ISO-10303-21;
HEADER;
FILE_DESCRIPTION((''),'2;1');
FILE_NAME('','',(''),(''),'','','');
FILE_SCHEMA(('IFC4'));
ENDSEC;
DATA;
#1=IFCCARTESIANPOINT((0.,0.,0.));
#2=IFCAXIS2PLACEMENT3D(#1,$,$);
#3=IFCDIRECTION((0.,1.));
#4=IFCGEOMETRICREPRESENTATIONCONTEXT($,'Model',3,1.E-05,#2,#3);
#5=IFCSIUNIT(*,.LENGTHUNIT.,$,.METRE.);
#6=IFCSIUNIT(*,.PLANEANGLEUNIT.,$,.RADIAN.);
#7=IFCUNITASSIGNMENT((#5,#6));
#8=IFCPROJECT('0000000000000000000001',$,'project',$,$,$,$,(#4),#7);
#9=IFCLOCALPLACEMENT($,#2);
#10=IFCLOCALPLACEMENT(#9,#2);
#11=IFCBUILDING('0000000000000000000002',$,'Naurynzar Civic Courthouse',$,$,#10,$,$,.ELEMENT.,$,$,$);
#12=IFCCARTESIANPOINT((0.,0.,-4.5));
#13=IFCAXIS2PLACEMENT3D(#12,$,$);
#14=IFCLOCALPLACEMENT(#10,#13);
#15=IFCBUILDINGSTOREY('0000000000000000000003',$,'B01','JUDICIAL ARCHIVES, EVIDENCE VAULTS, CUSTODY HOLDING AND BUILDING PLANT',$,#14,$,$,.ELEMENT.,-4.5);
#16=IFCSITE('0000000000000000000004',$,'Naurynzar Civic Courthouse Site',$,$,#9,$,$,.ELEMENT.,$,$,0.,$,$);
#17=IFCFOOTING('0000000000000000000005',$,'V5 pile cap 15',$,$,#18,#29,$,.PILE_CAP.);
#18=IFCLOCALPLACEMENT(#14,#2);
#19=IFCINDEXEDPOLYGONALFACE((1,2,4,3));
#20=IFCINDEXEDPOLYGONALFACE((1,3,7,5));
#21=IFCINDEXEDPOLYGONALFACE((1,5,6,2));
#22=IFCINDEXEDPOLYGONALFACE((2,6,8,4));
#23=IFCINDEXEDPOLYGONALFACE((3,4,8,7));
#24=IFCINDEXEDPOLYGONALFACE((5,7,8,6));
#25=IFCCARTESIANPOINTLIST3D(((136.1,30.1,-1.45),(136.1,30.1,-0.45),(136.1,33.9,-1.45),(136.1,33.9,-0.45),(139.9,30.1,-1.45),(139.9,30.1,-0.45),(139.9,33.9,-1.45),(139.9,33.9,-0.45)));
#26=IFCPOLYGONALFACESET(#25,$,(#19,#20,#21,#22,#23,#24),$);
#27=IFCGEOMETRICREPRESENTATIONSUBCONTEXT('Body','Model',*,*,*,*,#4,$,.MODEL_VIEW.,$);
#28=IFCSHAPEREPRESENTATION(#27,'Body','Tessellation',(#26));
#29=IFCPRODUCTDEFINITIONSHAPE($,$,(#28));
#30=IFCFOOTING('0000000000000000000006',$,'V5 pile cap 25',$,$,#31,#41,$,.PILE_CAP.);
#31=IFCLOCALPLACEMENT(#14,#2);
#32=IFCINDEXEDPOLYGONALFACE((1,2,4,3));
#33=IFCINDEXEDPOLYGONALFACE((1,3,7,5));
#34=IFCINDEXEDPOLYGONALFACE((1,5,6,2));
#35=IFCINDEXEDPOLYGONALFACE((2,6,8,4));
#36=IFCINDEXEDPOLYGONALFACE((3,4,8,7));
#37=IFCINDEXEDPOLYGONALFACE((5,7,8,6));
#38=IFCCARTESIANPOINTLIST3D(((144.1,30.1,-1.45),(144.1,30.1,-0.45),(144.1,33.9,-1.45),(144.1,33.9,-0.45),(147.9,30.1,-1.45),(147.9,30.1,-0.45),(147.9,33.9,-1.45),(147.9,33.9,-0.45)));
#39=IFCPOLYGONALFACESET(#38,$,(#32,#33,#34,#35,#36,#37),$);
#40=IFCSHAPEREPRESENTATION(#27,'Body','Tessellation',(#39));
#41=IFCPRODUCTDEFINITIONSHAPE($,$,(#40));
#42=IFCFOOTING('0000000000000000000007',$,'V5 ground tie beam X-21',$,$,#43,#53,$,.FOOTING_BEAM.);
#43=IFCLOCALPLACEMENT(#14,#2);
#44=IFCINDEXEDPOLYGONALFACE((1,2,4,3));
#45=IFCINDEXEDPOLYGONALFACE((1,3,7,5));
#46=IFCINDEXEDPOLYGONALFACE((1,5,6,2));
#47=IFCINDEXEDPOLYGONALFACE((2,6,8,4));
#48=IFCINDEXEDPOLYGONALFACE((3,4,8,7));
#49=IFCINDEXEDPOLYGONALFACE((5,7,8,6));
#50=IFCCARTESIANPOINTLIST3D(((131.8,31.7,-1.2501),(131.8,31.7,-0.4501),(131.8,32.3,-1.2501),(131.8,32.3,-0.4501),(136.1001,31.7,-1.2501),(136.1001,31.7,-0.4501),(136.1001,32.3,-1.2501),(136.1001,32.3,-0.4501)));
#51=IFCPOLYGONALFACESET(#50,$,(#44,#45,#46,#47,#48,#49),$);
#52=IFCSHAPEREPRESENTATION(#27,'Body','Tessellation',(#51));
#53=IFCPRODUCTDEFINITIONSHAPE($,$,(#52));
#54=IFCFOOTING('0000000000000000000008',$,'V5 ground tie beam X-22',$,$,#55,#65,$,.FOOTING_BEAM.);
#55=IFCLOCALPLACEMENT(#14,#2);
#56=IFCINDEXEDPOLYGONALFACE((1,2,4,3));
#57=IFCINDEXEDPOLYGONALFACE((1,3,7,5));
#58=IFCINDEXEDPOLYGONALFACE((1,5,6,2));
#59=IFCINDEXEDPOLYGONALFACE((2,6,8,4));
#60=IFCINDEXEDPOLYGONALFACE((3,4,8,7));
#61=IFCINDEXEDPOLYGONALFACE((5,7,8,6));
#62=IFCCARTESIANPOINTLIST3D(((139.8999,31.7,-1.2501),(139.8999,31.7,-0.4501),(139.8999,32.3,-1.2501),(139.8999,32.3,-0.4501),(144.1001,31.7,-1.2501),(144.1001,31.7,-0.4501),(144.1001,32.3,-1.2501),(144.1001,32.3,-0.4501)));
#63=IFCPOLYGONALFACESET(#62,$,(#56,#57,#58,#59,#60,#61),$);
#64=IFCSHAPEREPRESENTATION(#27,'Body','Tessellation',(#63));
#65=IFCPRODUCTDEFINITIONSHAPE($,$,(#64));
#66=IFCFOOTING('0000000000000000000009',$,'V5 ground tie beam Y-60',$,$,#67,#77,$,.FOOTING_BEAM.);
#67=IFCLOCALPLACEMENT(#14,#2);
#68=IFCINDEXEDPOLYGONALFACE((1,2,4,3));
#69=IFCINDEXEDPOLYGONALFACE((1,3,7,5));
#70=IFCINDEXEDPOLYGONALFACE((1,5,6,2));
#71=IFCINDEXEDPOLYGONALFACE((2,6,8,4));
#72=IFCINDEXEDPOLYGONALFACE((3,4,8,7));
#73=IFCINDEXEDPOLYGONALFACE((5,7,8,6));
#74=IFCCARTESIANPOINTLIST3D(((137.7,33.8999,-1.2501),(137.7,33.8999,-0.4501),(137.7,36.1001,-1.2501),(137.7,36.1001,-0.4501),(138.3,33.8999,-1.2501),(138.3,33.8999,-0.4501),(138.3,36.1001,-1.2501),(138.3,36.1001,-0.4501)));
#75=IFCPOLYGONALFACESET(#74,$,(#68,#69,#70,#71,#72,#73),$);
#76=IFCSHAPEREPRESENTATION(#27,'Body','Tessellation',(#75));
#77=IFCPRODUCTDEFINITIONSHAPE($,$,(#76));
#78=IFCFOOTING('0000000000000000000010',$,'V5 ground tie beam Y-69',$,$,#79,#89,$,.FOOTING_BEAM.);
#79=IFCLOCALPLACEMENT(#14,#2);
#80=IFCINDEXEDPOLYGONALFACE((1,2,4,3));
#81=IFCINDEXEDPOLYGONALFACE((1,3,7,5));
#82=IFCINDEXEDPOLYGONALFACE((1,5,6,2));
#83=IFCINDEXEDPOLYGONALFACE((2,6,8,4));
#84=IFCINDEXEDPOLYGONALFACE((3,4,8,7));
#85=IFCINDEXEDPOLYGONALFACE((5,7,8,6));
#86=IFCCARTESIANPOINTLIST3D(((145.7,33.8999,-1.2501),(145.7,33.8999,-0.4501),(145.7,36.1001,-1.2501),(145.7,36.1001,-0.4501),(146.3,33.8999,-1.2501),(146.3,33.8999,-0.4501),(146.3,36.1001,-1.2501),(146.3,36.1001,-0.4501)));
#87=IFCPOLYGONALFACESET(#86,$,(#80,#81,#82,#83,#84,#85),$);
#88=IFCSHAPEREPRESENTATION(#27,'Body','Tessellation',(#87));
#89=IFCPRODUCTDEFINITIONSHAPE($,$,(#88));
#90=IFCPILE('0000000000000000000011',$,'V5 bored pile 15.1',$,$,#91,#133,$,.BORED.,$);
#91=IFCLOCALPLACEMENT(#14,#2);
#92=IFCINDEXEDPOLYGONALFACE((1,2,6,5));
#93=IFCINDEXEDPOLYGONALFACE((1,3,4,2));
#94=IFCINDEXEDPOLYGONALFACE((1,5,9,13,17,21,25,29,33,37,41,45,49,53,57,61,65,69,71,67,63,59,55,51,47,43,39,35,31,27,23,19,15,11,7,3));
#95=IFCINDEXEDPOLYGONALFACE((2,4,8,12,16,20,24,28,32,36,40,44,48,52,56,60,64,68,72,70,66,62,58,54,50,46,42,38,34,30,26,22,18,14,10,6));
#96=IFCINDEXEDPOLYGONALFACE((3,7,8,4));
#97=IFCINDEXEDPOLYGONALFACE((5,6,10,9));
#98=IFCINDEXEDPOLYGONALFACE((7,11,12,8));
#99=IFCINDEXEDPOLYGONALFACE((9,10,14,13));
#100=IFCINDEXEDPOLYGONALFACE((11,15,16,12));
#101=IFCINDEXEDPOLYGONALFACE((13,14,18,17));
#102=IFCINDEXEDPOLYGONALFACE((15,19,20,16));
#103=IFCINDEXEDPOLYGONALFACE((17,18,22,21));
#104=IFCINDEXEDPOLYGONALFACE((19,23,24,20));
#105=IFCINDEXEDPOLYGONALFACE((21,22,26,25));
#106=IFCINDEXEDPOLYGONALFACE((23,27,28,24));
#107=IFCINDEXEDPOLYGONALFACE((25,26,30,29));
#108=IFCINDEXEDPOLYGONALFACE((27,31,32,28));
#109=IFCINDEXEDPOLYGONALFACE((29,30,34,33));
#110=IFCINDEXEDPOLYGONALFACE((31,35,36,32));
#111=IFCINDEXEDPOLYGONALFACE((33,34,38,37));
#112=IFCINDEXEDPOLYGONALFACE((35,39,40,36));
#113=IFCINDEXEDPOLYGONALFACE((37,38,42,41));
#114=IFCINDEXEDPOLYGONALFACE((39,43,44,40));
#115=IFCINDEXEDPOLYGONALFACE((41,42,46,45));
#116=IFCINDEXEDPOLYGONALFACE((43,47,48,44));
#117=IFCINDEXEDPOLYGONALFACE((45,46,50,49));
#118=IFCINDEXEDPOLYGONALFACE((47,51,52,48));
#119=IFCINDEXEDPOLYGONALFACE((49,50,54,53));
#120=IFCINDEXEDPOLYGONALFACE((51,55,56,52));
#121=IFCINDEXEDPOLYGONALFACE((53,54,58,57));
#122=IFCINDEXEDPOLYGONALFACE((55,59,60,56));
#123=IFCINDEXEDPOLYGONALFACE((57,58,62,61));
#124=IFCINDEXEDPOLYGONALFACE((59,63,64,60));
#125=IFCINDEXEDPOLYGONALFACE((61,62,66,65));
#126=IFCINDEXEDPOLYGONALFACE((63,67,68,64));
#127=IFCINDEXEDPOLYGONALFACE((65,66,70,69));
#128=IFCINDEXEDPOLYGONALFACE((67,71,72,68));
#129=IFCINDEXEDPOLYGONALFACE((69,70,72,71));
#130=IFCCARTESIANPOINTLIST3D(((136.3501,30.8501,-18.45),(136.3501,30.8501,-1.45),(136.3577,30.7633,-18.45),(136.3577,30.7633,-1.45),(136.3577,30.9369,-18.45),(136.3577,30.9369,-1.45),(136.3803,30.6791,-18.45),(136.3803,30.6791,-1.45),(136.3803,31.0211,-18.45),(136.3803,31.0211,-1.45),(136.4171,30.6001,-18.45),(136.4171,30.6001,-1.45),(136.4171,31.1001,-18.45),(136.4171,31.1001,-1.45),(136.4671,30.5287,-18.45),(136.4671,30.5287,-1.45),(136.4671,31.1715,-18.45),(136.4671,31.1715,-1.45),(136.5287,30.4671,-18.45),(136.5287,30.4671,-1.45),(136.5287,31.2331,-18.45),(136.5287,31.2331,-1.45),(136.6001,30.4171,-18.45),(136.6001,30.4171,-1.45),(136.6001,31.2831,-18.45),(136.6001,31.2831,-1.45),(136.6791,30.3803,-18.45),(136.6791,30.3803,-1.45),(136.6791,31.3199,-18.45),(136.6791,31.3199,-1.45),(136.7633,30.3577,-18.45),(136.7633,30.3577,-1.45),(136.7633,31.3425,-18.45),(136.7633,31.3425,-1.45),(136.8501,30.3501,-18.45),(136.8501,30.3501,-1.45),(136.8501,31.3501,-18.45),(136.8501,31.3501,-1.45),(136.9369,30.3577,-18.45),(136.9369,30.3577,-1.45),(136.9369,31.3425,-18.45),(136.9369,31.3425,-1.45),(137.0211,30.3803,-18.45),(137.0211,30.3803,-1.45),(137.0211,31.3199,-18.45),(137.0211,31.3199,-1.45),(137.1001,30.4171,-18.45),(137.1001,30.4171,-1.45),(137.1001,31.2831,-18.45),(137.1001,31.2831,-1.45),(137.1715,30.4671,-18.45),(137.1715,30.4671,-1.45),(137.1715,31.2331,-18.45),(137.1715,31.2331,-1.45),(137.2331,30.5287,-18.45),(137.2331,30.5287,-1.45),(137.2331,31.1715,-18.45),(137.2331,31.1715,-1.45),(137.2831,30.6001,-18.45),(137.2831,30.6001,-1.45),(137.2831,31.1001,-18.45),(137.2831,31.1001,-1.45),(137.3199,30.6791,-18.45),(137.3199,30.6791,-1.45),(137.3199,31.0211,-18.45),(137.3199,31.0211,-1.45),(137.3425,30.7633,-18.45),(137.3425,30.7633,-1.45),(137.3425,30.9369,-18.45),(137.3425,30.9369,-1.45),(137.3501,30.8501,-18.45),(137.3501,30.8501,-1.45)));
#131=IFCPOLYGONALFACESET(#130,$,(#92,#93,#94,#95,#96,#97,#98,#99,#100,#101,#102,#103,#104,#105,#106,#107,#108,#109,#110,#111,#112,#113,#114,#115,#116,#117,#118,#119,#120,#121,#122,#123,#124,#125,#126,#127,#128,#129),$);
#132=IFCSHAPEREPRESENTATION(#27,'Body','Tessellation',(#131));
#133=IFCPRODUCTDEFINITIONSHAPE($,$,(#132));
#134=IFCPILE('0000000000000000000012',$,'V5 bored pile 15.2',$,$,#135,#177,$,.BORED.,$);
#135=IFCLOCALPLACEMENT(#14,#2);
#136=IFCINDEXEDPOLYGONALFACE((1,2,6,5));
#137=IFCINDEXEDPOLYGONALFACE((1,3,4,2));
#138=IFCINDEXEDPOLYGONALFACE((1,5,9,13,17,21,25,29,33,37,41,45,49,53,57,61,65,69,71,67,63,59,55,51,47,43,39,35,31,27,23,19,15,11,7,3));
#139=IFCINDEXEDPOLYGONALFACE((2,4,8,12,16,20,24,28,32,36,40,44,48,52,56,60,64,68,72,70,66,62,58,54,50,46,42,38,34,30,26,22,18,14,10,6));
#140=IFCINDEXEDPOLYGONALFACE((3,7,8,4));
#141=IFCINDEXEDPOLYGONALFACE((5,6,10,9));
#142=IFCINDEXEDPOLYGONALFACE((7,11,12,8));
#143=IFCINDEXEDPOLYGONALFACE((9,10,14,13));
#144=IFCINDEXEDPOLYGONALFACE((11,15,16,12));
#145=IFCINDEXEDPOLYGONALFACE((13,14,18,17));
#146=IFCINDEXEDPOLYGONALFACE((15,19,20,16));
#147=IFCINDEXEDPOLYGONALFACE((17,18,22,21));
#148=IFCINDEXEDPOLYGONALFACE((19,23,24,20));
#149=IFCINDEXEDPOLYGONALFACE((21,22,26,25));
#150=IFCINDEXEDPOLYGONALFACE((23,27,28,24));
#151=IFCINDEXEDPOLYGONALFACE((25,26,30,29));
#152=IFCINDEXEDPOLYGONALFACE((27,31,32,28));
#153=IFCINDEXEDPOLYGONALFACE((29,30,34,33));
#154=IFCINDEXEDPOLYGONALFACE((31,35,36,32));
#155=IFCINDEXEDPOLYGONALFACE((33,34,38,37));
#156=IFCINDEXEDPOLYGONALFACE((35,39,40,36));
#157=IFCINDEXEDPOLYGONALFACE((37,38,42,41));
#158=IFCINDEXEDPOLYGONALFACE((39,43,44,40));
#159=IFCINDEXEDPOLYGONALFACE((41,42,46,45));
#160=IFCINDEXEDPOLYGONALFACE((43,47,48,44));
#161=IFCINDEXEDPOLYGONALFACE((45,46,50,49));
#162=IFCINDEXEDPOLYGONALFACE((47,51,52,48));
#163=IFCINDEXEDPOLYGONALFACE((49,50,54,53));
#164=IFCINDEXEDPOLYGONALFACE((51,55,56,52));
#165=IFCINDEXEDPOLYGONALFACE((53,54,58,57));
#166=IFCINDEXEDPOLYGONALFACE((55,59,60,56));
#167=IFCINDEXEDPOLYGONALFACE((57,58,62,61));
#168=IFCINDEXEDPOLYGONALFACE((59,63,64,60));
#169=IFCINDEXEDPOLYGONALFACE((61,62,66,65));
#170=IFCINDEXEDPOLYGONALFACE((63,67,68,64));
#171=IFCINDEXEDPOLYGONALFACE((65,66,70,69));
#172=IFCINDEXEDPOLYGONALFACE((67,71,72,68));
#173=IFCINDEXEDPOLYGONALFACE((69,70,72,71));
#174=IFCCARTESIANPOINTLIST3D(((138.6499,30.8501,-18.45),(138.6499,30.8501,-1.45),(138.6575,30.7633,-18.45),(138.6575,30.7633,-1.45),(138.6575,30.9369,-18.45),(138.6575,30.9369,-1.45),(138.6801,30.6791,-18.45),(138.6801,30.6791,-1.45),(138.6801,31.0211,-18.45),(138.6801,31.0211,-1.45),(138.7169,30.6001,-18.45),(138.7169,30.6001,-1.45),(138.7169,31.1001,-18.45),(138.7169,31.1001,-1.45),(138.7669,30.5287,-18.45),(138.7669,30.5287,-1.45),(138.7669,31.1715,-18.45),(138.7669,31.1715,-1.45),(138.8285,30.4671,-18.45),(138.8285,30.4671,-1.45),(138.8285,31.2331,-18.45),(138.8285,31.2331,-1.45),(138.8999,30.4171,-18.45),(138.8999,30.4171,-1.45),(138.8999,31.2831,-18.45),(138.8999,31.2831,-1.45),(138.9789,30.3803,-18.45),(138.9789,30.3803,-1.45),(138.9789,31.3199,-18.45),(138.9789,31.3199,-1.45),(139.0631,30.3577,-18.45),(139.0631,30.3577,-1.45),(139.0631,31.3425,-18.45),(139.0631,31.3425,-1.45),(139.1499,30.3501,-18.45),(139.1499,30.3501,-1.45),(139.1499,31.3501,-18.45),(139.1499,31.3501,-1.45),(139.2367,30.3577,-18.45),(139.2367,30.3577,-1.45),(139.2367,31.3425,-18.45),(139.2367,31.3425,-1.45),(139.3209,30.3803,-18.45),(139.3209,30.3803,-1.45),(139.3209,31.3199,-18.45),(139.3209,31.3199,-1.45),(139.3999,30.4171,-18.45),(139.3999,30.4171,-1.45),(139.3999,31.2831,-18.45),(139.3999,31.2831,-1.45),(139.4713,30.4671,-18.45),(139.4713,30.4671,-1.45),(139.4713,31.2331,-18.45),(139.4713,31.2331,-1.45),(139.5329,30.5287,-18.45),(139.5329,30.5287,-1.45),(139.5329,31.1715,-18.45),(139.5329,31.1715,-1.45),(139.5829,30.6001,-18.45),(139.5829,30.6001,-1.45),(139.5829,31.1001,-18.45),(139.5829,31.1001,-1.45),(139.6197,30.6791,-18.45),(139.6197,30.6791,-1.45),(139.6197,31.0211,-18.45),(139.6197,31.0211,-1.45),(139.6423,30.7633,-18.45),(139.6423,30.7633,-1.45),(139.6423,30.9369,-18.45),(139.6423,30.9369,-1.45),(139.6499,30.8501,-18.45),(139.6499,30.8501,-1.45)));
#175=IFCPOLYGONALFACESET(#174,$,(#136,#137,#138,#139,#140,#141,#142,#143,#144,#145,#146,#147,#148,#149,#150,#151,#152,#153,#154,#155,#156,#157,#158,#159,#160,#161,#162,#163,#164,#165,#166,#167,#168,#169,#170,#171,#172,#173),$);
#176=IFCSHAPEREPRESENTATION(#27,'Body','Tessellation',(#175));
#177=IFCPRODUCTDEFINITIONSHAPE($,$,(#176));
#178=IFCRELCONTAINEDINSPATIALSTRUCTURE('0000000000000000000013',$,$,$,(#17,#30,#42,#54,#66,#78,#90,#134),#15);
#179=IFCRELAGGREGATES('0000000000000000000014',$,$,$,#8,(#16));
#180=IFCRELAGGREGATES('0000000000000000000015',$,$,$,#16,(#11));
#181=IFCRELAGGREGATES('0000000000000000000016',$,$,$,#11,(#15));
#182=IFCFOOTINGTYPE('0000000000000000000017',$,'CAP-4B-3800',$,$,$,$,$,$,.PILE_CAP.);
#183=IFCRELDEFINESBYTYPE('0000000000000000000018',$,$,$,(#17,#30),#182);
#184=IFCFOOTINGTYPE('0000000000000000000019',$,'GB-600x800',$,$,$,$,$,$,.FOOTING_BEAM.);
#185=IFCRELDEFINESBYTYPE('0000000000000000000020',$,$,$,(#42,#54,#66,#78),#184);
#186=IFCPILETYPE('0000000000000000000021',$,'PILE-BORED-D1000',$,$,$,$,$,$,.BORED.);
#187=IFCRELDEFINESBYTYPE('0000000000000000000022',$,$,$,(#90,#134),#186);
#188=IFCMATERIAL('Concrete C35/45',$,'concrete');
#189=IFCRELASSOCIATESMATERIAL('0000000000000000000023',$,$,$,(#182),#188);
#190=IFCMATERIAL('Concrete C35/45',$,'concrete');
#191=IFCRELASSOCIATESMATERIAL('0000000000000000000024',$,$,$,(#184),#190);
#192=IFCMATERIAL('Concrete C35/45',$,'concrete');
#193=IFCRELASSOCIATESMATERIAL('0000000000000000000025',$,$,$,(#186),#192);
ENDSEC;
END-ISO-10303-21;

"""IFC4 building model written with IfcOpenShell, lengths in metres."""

from ifc_helpers import new_model, si_unit, direction, frame, origin, origin_2d, place, context, subcontext, project, spatial, rectangle, circle, extrude, material, material_profile, profile_set, type_object, element, save


model = new_model("IFC4")

# Units and contexts
model_context = context("Model", 3, precision=1e-05, world=origin(), true_north=direction((0.0, 1.0)))
body_context = subcontext(model_context, "Body", "Model", "MODEL_VIEW")
ifc_project = project(units=[si_unit("LENGTHUNIT", "METRE"), si_unit("PLANEANGLEUNIT", "RADIAN")], contexts=[model_context])

# Site, building, storey
site_placement = place(None, origin())
site = spatial("IfcSite", under=ifc_project, at=site_placement, Name="Naurynzar Civic Courthouse Site", CompositionType="ELEMENT", RefElevation=0.0)
building_placement = place(site_placement, origin())
building = spatial("IfcBuilding", under=site, at=building_placement, Name="Naurynzar Civic Courthouse", CompositionType="ELEMENT")
storey_placement = place(building_placement, frame((0.0, 0.0, -4.5)))
storey = spatial("IfcBuildingStorey", under=building, at=storey_placement, Name="B01", Description="JUDICIAL ARCHIVES, EVIDENCE VAULTS, CUSTODY HOLDING AND BUILDING PLANT", CompositionType="ELEMENT", Elevation=-4.5)

# Footings
ifc_material_1 = material(Name="Concrete C35/45", Category="concrete")
footing_type_1 = type_object("IfcFootingType", Name="CAP-4B-3800", PredefinedType="PILE_CAP", material=ifc_material_1)
for number, where, z_axis, x_axis, name in (
    (1, (138.0, 32.0, -1.45), (0.0, 0.0, 1.0), (1.0, 0.0, 0.0), "V5 pile cap 15"),
    (2, (146.0, 32.0, -1.45), (0.0, 0.0, 1.0), (1.0, 0.0, 0.0), "V5 pile cap 25"),
):
    element("IfcFooting", number, at=place(storey_placement, frame(where, z_axis=z_axis, x_axis=x_axis)), inside=storey, type_object=footing_type_1, Name=name, PredefinedType="PILE_CAP", context=body_context, shape_type="SweptSolid", body=[
        extrude(rectangle(XDim=3.8, YDim=3.8, at=origin_2d()), origin(), (0.0, 0.0, 1.0), 1.0),
    ])
ifc_material_2 = material(Name="Concrete C35/45", Category="concrete")
ifc_material_profile_1 = material_profile(ifc_material_2, rectangle(XDim=0.6001, YDim=0.8, at=origin_2d()), Name="GB 600x800")
ifc_profile_set_1 = profile_set([ifc_material_profile_1], Name="Concrete C35/45")
footing_type_2 = type_object("IfcFootingType", Name="GB-600x800", PredefinedType="FOOTING_BEAM", material=ifc_profile_set_1)
footing_1_placement = place(storey_placement, frame((131.8, 32.0, -0.8501), z_axis=(1.0, 0.0, 0.0), x_axis=(0.0, 1.0, 0.0)))
element("IfcFooting", 3, at=footing_1_placement, inside=storey, type_object=footing_type_2, Name="V5 ground tie beam X-21", PredefinedType="FOOTING_BEAM", context=body_context, shape_type="SweptSolid", body=[
    extrude(rectangle(XDim=0.6001, YDim=0.8, at=origin_2d()), origin(), (0.0, 0.0, 1.0), 4.3),
])
footing_2_placement = place(storey_placement, frame((139.8999, 32.0, -0.8501), z_axis=(1.0, 0.0, 0.0), x_axis=(0.0, 1.0, 0.0)))
element("IfcFooting", 4, at=footing_2_placement, inside=storey, type_object=footing_type_2, Name="V5 ground tie beam X-22", PredefinedType="FOOTING_BEAM", context=body_context, shape_type="SweptSolid", body=[
    extrude(rectangle(XDim=0.6001, YDim=0.8, at=origin_2d()), origin(), (0.0, 0.0, 1.0), 4.2002),
])
for number, where, z_axis, x_axis, name in (
    (5, (138.0, 33.8999, -0.8501), (0.0, 1.0, 0.0), (-1.0, 0.0, 0.0), "V5 ground tie beam Y-60"),
    (6, (146.0, 33.8999, -0.8501), (0.0, 1.0, 0.0), (-1.0, 0.0, 0.0), "V5 ground tie beam Y-69"),
):
    element("IfcFooting", number, at=place(storey_placement, frame(where, z_axis=z_axis, x_axis=x_axis)), inside=storey, type_object=footing_type_2, Name=name, PredefinedType="FOOTING_BEAM", context=body_context, shape_type="SweptSolid", body=[
        extrude(rectangle(XDim=0.6001, YDim=0.8, at=origin_2d()), origin(), (0.0, 0.0, 1.0), 2.2002),
    ])

# Piles
ifc_material_3 = material(Name="Concrete C35/45", Category="concrete")
ifc_material_profile_2 = material_profile(ifc_material_3, circle(Radius=0.5, at=origin_2d()), Name="PILE D1000")
ifc_profile_set_2 = profile_set([ifc_material_profile_2], Name="Concrete C35/45")
pile_type = type_object("IfcPileType", Name="PILE-BORED-D1000", PredefinedType="BORED", material=ifc_profile_set_2)
for number, where, z_axis, x_axis, name in (
    (7, (136.8501, 30.8501, -1.45), (0.0, 0.0, -1.0), (1.0, 0.0, 0.0), "V5 bored pile 15.1"),
    (8, (139.1499, 30.8501, -1.45), (0.0, 0.0, -1.0), (1.0, 0.0, 0.0), "V5 bored pile 15.2"),
):
    element("IfcPile", number, at=place(storey_placement, frame(where, z_axis=z_axis, x_axis=x_axis)), inside=storey, type_object=pile_type, Name=name, PredefinedType="BORED", context=body_context, shape_type="SweptSolid", body=[
        extrude(circle(Radius=0.5, at=origin_2d()), origin(), (0.0, 0.0, 1.0), 17.0),
    ])

save(model, "model.ifc")
